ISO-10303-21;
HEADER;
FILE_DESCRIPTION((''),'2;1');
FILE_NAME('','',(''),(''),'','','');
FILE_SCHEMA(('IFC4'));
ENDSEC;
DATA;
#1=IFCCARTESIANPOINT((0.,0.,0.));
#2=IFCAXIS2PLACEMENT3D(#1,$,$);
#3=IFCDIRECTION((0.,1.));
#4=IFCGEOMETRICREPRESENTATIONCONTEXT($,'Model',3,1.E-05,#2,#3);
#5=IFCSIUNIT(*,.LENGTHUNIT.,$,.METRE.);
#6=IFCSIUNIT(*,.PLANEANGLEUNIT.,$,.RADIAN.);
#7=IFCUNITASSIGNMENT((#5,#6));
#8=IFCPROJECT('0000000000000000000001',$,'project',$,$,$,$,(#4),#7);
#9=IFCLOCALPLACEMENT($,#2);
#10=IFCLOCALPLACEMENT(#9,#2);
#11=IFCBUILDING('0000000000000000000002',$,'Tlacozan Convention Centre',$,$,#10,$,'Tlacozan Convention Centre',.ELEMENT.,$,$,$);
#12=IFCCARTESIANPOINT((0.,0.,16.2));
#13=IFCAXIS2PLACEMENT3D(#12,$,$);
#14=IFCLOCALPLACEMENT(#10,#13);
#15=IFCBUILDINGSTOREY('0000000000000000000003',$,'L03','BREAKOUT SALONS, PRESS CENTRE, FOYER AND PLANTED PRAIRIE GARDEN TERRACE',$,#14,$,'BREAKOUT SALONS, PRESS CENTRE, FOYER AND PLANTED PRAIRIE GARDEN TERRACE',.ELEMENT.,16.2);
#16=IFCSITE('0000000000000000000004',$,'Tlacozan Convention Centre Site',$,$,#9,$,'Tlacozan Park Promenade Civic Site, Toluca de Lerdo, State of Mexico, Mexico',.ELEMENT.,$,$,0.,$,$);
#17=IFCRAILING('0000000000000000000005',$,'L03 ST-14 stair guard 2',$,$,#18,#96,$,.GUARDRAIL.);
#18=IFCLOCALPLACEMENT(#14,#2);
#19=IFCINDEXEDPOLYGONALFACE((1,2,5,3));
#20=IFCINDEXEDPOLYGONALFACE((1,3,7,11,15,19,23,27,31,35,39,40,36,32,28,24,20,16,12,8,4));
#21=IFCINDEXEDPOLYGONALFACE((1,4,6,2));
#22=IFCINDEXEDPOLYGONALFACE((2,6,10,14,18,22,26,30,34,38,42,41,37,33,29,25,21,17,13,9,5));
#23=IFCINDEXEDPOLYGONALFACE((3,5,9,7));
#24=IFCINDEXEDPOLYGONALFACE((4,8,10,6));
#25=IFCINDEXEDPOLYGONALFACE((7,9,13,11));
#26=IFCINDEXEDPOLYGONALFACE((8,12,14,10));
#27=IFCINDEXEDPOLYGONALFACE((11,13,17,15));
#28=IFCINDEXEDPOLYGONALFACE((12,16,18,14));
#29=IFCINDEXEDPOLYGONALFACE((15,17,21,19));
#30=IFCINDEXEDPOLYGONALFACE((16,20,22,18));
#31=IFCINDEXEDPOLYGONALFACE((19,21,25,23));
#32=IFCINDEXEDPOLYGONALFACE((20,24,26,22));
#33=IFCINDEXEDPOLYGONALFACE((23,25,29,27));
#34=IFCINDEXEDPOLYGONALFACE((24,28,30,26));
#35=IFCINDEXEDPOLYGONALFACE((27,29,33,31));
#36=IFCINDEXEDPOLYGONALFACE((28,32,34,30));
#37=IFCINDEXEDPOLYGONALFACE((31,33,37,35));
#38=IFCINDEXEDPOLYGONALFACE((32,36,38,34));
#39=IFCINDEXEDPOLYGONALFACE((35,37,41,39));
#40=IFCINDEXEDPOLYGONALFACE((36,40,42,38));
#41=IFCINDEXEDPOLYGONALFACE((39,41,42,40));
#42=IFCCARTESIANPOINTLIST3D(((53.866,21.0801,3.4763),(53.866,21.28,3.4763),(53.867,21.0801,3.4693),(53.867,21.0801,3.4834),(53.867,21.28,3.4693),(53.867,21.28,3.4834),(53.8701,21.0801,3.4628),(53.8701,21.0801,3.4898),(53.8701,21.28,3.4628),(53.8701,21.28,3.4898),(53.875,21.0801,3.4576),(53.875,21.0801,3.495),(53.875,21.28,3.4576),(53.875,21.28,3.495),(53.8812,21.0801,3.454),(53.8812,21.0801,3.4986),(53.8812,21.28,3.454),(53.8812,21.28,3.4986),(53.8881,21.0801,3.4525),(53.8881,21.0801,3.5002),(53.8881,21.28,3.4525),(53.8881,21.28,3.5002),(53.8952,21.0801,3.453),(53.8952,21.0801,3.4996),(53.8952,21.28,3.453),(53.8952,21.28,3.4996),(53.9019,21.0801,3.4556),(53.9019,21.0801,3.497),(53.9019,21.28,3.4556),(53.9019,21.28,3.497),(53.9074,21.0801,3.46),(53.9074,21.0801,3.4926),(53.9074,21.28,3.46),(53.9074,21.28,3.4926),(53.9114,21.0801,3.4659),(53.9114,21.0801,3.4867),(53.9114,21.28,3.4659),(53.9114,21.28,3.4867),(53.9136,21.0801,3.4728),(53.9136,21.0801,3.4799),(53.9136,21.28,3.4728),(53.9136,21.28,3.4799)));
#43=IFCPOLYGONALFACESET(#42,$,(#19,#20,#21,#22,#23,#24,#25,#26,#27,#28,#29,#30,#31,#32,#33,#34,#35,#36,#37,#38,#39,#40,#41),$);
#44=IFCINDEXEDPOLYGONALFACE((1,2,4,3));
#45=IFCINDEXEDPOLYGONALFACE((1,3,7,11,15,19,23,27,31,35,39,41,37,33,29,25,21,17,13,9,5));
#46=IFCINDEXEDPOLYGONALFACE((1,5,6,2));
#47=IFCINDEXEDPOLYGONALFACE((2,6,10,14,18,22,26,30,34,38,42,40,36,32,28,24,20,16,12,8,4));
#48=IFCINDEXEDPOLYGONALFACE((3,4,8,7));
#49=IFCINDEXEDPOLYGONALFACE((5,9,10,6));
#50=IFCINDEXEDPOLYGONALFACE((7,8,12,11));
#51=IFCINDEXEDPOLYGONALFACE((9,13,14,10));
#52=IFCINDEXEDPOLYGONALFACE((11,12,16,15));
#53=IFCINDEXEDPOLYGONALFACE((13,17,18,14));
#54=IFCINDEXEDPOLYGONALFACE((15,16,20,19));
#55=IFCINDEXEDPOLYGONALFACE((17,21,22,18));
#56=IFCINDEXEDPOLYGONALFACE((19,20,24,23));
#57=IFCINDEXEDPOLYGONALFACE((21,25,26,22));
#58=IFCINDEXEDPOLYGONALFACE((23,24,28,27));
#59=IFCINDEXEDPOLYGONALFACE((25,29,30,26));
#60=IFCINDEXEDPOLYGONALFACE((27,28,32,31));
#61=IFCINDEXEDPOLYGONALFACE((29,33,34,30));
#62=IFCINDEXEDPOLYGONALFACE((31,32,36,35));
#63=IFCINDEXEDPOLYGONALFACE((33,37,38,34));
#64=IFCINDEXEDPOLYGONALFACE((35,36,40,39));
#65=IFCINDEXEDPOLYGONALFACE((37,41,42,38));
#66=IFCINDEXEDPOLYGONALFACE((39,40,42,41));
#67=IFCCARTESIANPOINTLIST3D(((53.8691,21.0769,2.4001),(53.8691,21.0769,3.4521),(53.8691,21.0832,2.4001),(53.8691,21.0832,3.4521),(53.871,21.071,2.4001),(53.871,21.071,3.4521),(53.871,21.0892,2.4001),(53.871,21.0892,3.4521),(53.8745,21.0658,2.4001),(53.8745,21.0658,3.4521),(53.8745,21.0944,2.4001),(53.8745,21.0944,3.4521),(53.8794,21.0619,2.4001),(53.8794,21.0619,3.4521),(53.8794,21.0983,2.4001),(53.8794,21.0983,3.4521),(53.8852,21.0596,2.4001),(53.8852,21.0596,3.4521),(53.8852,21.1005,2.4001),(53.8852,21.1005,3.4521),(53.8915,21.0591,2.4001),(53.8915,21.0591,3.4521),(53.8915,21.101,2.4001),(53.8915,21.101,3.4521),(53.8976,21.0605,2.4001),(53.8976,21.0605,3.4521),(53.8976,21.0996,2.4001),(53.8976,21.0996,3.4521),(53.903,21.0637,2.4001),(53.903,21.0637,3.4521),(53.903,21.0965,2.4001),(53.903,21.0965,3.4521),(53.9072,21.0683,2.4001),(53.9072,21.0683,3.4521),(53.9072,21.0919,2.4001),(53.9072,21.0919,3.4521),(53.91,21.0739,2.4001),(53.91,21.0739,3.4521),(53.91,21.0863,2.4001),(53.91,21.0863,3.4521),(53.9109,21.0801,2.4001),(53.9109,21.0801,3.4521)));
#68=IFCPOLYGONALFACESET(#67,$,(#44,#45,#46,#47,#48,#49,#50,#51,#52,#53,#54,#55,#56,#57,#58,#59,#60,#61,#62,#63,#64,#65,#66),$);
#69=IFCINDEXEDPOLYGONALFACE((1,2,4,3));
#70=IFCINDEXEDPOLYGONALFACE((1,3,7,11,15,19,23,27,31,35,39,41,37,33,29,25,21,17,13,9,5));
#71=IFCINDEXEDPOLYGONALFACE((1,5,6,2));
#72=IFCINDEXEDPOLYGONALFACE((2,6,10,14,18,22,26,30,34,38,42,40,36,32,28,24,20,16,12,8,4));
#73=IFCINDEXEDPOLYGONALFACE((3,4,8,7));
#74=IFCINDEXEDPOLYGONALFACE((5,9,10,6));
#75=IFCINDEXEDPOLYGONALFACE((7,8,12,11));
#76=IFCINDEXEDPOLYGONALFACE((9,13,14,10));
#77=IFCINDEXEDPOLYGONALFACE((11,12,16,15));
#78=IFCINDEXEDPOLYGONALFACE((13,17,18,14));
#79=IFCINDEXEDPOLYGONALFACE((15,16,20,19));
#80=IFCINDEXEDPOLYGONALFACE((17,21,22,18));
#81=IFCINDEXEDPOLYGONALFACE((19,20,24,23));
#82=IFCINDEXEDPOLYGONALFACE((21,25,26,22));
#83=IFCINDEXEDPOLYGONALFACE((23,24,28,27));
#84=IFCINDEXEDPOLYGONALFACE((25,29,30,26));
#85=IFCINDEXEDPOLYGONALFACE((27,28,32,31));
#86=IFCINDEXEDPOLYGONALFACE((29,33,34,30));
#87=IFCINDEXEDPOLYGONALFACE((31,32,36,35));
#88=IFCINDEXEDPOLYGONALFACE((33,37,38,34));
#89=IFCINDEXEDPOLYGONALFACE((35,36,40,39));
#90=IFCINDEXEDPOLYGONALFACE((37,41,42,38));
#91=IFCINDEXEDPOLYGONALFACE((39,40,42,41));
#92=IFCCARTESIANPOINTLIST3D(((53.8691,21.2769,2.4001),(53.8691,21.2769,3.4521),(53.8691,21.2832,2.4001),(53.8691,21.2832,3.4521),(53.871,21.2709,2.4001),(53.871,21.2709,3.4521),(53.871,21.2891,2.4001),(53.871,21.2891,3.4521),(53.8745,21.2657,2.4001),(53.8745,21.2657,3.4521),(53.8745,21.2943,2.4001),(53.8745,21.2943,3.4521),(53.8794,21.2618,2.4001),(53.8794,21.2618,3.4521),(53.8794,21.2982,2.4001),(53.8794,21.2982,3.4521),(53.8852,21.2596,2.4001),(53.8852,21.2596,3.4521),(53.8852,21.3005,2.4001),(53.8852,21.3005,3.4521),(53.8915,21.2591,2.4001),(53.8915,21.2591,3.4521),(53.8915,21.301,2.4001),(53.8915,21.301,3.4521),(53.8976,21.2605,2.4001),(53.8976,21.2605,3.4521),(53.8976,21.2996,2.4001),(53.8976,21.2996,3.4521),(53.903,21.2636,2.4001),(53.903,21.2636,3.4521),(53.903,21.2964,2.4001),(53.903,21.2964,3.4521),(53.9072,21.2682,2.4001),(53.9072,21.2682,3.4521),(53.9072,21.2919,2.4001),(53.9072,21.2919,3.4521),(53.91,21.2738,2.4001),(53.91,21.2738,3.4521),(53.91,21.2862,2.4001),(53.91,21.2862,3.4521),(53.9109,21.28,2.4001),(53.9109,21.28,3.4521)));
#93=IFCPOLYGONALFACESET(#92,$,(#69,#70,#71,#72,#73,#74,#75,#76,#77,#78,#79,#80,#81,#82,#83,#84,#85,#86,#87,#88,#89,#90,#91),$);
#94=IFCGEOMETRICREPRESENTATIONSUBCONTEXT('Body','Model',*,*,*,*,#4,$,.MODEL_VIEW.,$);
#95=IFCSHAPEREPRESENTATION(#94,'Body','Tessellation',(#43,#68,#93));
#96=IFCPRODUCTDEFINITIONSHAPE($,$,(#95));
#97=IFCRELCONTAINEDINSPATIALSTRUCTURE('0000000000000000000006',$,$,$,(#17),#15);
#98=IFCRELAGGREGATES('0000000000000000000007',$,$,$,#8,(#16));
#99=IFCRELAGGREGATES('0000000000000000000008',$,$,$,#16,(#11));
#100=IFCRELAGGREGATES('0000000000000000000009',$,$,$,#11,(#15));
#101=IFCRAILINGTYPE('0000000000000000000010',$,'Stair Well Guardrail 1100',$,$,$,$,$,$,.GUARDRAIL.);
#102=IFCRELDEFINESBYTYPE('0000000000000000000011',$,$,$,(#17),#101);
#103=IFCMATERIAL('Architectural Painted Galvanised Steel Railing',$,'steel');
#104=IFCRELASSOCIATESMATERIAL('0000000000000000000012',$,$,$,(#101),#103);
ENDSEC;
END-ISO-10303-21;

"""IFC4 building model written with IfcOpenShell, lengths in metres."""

from ifc_helpers import new_model, si_unit, direction, frame, origin, origin_2d, place, context, subcontext, project, spatial, circle, extrude, material, type_object, element, save


model = new_model("IFC4")

# Units and contexts
model_context = context("Model", 3, precision=1e-05, world=origin(), true_north=direction((0.0, 1.0)))
body_context = subcontext(model_context, "Body", "Model", "MODEL_VIEW")
ifc_project = project(units=[si_unit("LENGTHUNIT", "METRE"), si_unit("PLANEANGLEUNIT", "RADIAN")], contexts=[model_context])

# Site, building, storey
site_placement = place(None, origin())
site = spatial("IfcSite", under=ifc_project, at=site_placement, Name="Tlacozan Convention Centre Site", LongName="Tlacozan Park Promenade Civic Site, Toluca de Lerdo, State of Mexico, Mexico", CompositionType="ELEMENT", RefElevation=0.0)
building_placement = place(site_placement, origin())
building = spatial("IfcBuilding", under=site, at=building_placement, Name="Tlacozan Convention Centre", LongName="Tlacozan Convention Centre", CompositionType="ELEMENT")
storey_placement = place(building_placement, frame((0.0, 0.0, 16.2)))
storey = spatial("IfcBuildingStorey", under=building, at=storey_placement, Name="L03", Description="BREAKOUT SALONS, PRESS CENTRE, FOYER AND PLANTED PRAIRIE GARDEN TERRACE", LongName="BREAKOUT SALONS, PRESS CENTRE, FOYER AND PLANTED PRAIRIE GARDEN TERRACE", CompositionType="ELEMENT", Elevation=16.2)

# Railing
ifc_material_1 = material(Name="Architectural Painted Galvanised Steel Railing", Category="steel")
railing_type_1 = type_object("IfcRailingType", Name="Stair Well Guardrail 1100", PredefinedType="GUARDRAIL", material=ifc_material_1)
railing_1_placement = place(storey_placement, frame((53.8899, 21.0801, 2.4001)))
element("IfcRailing", 1, at=railing_1_placement, inside=storey, type_object=railing_type_1, Name="L03 ST-14 stair guard 2", PredefinedType="GUARDRAIL", context=body_context, shape_type="SweptSolid", body=[
    extrude(circle(Radius=0.0239, at=origin_2d()), frame((0.0, 0.0, 1.0762), z_axis=(0.0, 1.0, 0.0), x_axis=(-1.0, 0.0, 0.0)), (0.0, 0.0, 1.0), 0.2),
    extrude(circle(Radius=0.021, at=origin_2d()), origin(), (0.0, 0.0, 1.0), 1.052),
    extrude(circle(Radius=0.021, at=origin_2d()), frame((0.0, 0.2, 0.0)), (0.0, 0.0, 1.0), 1.052),
])

save(model, "model.ifc")
